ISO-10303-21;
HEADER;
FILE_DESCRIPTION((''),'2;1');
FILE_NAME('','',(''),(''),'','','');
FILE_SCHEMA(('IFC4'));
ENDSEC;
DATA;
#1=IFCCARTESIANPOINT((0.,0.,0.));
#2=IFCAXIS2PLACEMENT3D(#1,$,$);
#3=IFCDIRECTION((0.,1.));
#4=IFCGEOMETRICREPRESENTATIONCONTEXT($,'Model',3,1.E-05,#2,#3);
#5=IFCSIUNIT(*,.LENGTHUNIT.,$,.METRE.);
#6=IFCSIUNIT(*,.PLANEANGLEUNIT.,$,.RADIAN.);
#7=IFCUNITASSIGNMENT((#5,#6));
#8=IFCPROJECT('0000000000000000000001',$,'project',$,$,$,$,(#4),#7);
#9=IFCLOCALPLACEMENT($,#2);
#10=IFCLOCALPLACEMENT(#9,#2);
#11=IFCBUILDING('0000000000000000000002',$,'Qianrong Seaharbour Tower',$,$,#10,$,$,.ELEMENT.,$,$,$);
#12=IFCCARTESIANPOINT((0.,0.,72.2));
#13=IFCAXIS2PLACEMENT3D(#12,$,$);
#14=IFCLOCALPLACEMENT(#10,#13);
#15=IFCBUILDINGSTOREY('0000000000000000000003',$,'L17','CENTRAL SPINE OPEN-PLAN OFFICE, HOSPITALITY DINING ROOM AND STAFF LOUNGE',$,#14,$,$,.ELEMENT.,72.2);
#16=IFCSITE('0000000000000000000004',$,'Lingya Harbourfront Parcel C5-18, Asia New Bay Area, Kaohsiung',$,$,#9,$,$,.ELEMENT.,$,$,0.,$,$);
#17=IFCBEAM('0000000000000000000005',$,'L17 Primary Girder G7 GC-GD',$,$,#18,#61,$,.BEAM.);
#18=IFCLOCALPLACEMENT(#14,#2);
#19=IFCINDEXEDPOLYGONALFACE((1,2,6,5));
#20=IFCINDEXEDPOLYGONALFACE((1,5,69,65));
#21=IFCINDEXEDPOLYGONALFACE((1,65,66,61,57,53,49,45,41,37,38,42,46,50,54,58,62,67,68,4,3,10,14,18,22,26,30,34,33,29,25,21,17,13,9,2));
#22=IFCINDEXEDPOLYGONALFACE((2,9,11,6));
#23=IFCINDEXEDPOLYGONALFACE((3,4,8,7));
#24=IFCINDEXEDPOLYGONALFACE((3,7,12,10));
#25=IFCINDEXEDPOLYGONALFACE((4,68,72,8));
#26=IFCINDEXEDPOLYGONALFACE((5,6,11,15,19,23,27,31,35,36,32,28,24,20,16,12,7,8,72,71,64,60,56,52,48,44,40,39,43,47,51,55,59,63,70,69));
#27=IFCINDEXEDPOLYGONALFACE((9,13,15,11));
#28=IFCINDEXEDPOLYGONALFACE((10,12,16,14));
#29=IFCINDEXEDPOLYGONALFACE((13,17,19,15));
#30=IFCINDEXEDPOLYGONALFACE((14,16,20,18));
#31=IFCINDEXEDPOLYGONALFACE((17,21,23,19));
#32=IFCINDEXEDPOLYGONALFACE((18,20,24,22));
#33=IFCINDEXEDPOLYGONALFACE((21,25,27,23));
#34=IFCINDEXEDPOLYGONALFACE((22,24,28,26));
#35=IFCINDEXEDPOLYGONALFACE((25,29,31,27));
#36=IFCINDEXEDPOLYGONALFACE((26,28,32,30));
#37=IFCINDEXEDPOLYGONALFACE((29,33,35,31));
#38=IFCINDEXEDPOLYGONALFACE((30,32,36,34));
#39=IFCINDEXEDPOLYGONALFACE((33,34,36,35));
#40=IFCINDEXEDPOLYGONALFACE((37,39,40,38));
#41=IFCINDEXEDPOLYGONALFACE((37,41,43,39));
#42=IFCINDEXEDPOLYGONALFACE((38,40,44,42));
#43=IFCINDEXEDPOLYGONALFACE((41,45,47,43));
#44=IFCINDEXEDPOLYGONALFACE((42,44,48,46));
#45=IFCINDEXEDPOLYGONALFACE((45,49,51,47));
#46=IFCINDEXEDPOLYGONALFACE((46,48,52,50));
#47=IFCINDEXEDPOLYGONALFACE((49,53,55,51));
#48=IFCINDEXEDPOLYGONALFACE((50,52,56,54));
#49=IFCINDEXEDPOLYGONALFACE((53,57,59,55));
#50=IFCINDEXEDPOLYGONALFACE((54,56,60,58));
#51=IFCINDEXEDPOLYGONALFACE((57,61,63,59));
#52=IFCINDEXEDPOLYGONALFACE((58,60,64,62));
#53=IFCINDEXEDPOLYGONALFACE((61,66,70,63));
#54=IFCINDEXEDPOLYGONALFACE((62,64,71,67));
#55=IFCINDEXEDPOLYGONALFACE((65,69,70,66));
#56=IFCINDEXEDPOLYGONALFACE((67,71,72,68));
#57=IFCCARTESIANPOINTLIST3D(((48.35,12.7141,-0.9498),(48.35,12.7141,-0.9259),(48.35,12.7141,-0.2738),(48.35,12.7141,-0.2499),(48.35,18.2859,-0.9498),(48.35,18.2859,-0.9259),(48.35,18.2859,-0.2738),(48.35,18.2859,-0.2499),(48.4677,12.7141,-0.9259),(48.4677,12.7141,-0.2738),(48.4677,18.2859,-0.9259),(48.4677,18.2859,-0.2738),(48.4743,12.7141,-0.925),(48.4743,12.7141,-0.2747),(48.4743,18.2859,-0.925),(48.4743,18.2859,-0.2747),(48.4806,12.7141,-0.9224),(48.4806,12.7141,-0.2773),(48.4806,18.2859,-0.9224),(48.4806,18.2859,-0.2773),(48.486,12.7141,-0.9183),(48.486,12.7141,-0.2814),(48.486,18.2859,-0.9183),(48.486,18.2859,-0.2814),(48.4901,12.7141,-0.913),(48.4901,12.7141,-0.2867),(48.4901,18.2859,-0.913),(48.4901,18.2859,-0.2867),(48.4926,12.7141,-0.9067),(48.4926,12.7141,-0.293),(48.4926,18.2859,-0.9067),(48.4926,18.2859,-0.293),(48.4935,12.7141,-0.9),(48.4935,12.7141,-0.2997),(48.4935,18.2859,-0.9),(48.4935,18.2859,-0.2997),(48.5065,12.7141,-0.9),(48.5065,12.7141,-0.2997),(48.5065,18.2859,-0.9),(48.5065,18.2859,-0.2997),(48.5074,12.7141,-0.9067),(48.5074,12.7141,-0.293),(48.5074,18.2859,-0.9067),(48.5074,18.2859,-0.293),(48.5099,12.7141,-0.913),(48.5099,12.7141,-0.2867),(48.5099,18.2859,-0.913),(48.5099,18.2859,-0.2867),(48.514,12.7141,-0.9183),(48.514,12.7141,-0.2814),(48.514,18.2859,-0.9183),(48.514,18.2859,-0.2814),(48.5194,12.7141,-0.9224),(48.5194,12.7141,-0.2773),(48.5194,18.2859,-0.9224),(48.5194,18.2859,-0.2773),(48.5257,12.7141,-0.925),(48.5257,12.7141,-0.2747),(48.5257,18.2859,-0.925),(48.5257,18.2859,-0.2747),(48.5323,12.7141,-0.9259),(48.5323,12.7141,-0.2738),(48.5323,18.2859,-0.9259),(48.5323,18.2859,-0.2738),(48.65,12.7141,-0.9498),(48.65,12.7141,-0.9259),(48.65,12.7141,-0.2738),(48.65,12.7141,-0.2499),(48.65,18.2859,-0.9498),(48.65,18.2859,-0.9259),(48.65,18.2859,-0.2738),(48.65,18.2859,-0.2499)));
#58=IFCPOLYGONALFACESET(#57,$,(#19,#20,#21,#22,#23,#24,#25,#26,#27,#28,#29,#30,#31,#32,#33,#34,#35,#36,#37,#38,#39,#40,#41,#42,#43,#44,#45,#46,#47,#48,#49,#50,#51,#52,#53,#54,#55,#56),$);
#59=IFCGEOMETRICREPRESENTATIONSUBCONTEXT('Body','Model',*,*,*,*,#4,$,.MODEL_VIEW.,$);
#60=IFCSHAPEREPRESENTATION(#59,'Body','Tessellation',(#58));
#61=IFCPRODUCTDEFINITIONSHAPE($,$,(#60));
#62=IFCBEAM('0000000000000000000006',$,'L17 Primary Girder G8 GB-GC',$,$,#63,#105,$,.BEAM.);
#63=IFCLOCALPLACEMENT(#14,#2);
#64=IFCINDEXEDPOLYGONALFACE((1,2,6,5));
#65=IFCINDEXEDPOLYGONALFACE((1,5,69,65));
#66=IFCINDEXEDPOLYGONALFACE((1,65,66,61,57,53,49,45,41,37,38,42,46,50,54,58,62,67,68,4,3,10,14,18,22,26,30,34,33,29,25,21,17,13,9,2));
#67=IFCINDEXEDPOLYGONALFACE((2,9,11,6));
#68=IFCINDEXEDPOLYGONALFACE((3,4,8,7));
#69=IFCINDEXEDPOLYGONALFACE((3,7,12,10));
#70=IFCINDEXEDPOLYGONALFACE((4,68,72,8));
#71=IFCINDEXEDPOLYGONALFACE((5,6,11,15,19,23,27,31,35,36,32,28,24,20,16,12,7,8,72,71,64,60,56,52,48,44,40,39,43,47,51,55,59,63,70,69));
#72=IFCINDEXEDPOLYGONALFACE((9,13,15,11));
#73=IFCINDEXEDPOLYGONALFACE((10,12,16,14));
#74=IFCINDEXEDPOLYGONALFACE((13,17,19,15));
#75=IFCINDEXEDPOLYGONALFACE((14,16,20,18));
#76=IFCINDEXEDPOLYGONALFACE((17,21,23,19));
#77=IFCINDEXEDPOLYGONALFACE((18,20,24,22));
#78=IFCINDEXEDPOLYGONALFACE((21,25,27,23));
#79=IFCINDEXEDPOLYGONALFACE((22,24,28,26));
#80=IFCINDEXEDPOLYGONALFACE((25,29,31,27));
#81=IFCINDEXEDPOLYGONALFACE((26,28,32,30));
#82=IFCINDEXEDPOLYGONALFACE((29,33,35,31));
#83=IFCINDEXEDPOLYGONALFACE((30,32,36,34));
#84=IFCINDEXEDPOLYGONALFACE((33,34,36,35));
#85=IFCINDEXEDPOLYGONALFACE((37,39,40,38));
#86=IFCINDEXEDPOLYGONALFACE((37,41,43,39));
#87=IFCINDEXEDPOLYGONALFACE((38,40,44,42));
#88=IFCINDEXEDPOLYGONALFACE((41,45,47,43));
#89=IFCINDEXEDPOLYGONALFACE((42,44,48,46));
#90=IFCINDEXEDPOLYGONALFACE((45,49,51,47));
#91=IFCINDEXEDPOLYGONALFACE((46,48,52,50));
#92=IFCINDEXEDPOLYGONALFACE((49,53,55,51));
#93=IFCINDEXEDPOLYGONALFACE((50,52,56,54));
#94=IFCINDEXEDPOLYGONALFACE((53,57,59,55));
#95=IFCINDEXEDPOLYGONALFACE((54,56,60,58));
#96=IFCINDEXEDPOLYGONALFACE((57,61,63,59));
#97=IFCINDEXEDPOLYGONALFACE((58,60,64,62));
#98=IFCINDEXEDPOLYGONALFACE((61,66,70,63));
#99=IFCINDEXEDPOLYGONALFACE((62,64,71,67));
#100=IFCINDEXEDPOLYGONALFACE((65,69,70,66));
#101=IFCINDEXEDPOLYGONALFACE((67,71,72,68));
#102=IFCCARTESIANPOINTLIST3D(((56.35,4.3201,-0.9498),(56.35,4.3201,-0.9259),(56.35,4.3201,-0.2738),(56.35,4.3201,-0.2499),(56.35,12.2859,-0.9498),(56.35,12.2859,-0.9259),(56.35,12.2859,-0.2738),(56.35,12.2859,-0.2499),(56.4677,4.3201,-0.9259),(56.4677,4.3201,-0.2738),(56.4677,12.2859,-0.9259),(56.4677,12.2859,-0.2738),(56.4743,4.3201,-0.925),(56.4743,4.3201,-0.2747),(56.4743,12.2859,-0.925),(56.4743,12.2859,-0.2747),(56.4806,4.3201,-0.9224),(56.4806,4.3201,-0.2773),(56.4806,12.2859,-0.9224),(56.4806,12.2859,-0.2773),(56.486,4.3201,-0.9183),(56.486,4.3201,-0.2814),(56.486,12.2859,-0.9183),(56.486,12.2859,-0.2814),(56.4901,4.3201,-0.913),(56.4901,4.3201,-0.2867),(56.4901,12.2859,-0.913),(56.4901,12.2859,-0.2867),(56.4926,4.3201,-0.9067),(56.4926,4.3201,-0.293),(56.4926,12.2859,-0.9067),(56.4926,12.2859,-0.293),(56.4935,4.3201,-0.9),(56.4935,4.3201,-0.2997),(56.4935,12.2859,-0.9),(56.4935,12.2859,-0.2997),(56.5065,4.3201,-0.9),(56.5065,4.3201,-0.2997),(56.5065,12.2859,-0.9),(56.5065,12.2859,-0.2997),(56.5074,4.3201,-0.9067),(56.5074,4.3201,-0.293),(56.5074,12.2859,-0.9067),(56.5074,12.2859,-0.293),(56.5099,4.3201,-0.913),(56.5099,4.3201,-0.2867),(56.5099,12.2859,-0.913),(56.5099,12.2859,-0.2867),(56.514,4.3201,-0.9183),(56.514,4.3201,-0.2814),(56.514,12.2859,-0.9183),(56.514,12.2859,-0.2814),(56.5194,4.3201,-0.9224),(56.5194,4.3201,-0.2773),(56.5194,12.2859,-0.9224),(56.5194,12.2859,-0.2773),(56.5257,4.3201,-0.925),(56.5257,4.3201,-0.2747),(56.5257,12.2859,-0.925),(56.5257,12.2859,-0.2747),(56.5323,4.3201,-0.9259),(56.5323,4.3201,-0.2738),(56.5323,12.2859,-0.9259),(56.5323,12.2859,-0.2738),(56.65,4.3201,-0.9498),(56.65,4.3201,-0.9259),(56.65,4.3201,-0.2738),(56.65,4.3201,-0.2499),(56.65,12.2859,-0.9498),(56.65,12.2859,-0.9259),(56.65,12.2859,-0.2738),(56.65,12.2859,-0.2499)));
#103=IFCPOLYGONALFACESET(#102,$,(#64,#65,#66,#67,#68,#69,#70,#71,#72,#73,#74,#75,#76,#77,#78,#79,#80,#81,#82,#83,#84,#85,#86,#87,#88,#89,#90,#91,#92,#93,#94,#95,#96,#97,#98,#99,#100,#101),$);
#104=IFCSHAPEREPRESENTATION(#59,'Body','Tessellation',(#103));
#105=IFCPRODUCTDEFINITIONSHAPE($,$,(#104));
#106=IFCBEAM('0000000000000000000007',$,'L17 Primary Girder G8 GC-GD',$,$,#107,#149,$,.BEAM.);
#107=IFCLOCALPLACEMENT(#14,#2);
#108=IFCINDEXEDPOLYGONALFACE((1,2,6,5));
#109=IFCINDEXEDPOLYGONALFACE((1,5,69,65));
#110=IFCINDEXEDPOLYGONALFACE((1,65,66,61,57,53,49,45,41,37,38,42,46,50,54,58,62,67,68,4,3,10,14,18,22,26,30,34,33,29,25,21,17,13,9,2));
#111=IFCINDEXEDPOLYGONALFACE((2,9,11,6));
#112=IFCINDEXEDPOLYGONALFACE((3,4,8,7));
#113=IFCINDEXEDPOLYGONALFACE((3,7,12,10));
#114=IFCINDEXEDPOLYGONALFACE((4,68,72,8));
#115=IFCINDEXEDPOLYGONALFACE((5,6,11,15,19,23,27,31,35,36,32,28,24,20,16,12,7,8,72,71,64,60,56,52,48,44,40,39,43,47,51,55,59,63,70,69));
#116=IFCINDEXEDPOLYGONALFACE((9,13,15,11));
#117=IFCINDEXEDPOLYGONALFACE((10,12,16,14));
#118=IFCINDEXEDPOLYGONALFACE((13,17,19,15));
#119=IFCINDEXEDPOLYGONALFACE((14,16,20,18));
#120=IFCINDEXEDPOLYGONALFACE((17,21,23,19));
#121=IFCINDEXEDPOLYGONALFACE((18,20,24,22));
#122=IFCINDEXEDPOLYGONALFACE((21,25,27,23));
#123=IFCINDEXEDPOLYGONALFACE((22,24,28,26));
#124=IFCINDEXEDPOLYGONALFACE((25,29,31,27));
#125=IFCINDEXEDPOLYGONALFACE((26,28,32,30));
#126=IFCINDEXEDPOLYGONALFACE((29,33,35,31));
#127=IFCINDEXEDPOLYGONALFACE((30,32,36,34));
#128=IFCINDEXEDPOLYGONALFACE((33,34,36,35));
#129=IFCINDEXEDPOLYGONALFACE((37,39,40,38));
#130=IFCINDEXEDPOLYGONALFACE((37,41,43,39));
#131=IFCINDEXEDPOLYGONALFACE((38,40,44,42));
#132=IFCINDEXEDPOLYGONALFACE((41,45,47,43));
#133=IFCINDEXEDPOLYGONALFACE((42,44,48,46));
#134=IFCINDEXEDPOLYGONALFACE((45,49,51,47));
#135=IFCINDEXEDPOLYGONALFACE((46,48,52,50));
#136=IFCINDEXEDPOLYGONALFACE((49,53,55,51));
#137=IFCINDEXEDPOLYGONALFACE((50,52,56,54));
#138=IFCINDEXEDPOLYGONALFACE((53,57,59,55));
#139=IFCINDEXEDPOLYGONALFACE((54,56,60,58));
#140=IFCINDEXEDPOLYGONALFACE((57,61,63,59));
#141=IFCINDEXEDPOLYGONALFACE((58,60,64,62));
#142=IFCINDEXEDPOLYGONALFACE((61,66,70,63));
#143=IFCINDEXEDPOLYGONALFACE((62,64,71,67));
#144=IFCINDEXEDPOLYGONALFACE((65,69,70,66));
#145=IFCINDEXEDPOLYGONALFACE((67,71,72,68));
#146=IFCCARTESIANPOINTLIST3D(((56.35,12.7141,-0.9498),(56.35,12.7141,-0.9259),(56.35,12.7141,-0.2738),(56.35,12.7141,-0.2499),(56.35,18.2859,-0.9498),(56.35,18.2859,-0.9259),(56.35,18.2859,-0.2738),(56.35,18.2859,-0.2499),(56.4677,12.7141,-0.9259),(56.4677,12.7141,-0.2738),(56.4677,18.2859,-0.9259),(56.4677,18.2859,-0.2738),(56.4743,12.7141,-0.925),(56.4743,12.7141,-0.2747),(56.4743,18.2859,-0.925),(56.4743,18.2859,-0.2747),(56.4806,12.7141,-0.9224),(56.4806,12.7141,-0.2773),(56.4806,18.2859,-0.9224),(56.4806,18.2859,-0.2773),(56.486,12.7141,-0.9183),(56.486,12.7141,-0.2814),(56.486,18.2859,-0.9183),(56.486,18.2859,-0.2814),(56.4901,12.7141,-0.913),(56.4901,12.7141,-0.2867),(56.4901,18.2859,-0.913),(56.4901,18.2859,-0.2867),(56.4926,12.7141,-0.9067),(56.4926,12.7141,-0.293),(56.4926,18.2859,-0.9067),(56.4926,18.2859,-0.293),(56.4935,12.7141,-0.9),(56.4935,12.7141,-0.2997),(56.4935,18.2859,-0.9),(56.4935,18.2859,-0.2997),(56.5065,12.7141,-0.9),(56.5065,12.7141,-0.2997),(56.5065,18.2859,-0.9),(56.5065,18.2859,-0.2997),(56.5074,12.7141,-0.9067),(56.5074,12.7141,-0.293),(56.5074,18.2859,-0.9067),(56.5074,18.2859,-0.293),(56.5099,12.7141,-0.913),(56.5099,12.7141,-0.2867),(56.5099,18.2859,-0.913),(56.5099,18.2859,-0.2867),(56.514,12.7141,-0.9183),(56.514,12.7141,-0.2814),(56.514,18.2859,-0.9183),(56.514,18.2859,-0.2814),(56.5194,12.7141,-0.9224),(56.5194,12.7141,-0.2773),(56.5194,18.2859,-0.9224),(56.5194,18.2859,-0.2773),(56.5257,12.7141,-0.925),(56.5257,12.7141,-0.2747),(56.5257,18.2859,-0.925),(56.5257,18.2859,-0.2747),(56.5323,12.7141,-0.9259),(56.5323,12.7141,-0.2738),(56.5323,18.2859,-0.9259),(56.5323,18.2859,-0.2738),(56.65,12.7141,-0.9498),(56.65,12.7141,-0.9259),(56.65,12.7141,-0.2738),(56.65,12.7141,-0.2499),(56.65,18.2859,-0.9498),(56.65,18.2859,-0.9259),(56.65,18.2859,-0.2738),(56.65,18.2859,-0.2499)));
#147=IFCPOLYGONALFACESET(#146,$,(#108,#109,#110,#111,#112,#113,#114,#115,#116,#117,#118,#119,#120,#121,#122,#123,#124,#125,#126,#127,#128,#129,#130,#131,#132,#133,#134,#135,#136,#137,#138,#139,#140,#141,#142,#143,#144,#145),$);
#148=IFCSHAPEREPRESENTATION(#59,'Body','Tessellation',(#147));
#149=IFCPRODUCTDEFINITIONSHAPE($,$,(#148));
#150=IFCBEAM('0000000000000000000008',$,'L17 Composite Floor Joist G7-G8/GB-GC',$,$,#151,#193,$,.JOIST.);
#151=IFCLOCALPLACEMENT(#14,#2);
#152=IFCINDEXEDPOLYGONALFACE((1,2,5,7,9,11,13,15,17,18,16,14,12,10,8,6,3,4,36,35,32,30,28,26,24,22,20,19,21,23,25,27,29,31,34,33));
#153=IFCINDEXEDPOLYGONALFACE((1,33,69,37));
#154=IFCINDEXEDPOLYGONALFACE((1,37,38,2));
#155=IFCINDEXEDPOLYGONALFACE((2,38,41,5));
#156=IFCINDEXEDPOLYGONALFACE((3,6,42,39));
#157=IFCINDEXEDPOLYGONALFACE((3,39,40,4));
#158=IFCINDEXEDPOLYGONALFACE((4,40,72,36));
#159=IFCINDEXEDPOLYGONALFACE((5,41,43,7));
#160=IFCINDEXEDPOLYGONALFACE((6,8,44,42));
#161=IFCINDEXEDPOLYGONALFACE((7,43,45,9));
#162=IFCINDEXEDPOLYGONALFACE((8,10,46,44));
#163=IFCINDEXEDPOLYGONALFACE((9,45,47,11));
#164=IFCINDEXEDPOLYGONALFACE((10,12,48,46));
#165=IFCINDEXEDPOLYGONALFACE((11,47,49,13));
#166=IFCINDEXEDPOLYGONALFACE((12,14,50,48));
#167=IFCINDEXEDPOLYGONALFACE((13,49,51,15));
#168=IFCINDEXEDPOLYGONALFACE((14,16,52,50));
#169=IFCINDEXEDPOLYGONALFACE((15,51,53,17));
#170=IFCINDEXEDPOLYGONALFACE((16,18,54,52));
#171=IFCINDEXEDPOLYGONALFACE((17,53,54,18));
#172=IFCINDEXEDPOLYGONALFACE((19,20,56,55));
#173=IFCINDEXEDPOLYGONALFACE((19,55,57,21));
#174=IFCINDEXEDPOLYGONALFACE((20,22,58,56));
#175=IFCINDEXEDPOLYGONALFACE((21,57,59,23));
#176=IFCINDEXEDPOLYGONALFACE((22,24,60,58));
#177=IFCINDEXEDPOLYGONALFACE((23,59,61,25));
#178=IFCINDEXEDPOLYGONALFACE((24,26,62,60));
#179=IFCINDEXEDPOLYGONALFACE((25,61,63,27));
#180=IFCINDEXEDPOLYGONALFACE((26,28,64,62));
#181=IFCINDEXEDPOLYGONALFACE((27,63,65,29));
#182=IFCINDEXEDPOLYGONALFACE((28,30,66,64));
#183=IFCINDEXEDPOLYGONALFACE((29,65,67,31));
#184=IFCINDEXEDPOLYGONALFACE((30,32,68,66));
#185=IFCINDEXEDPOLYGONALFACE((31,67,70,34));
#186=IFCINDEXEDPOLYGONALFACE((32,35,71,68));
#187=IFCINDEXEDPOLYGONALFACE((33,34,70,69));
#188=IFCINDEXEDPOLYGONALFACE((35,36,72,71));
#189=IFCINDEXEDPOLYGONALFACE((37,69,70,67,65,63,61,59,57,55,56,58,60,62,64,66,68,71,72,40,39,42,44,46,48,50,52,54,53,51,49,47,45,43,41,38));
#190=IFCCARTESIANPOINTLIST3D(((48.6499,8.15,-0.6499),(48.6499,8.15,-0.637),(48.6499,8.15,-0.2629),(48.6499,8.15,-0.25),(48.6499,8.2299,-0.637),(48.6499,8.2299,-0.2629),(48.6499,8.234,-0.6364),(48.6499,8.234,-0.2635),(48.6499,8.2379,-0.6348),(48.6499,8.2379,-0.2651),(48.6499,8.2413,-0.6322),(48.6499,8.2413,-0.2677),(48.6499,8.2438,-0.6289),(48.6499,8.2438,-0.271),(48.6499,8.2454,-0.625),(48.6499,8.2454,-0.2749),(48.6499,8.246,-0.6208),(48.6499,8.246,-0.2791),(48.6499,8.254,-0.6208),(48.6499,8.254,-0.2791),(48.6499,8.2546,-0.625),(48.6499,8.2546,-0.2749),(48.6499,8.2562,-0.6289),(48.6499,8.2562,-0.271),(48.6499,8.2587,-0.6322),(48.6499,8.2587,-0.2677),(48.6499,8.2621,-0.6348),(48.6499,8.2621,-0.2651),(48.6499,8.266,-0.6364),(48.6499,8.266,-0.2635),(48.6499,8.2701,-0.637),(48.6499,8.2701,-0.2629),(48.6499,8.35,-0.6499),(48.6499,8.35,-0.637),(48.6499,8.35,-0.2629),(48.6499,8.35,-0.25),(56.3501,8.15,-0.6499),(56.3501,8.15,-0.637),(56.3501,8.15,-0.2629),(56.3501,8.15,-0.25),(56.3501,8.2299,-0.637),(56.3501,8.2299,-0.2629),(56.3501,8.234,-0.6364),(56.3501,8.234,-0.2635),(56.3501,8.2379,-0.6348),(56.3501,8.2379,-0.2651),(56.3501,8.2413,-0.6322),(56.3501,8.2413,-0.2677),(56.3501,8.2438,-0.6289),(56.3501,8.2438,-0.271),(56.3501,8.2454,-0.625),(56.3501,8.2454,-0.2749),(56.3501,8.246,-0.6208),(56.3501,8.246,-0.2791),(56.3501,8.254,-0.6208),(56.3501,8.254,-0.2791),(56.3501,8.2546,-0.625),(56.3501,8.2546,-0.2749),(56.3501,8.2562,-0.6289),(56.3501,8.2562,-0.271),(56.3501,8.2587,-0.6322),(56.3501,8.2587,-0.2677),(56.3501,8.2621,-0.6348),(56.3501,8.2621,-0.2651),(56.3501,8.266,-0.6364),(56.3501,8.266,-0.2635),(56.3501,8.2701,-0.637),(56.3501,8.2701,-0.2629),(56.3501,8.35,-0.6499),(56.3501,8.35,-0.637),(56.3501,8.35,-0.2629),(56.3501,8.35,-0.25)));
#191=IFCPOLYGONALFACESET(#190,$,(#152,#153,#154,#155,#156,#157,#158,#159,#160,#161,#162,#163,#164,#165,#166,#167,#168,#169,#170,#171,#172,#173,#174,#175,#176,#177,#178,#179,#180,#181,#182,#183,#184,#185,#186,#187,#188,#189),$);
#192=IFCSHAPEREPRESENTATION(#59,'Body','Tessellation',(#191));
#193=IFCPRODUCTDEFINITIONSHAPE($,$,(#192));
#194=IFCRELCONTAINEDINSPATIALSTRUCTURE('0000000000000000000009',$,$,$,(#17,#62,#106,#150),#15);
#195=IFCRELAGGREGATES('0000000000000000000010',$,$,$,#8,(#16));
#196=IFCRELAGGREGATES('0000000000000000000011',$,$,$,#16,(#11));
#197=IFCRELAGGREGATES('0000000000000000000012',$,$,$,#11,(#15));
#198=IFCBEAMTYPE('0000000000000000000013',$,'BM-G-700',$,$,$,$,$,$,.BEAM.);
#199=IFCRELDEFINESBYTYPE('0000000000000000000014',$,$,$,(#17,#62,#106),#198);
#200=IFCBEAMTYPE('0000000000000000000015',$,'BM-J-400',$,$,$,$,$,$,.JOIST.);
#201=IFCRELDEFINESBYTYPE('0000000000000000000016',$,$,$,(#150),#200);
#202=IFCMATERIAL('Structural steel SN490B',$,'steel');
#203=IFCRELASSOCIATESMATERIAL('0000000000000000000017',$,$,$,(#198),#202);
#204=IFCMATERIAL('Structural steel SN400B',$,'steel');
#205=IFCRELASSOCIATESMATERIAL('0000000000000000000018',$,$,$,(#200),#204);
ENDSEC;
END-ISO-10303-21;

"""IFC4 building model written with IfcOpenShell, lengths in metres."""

from ifc_helpers import new_model, si_unit, direction, frame, origin, origin_2d, place, context, subcontext, project, spatial, i_section, extrude, material, material_profile, profile_set, type_object, element, save


model = new_model("IFC4")

# Units and contexts
model_context = context("Model", 3, precision=1e-05, world=origin(), true_north=direction((0.0, 1.0)))
body_context = subcontext(model_context, "Body", "Model", "MODEL_VIEW")
ifc_project = project(units=[si_unit("LENGTHUNIT", "METRE"), si_unit("PLANEANGLEUNIT", "RADIAN")], contexts=[model_context])

# Site, building, storey
site_placement = place(None, origin())
site = spatial("IfcSite", under=ifc_project, at=site_placement, Name="Lingya Harbourfront Parcel C5-18, Asia New Bay Area, Kaohsiung", CompositionType="ELEMENT", RefElevation=0.0)
building_placement = place(site_placement, origin())
building = spatial("IfcBuilding", under=site, at=building_placement, Name="Qianrong Seaharbour Tower", CompositionType="ELEMENT")
storey_placement = place(building_placement, frame((0.0, 0.0, 72.2)))
storey = spatial("IfcBuildingStorey", under=building, at=storey_placement, Name="L17", Description="CENTRAL SPINE OPEN-PLAN OFFICE, HOSPITALITY DINING ROOM AND STAFF LOUNGE", CompositionType="ELEMENT", Elevation=72.2)

# Shared definitions
ifc_material_1 = material(Name="Structural steel SN490B", Category="steel")

# Beams
ifc_material_profile_1 = material_profile(ifc_material_1, i_section(OverallWidth=0.3, OverallDepth=0.7, WebThickness=0.0129, FlangeThickness=0.0239, FilletRadius=0.0259, at=origin_2d()), Name="H700x300x13x24")
ifc_profile_set_1 = profile_set([ifc_material_profile_1], Name="Structural steel SN490B")
beam_type_1 = type_object("IfcBeamType", Name="BM-G-700", PredefinedType="BEAM", material=ifc_profile_set_1)
beam_1_placement = place(storey_placement, frame((48.5, 12.7141, -0.5999), z_axis=(0.0, 1.0, 0.0), x_axis=(-1.0, 0.0, 0.0)))
element("IfcBeam", 1, at=beam_1_placement, inside=storey, type_object=beam_type_1, Name="L17 Primary Girder G7 GC-GD", PredefinedType="BEAM", context=body_context, shape_type="SweptSolid", body=[
    extrude(i_section(OverallWidth=0.3, OverallDepth=0.7, WebThickness=0.0129, FlangeThickness=0.0239, FilletRadius=0.0259, at=origin_2d()), origin(), (0.0, 0.0, 1.0), 5.5718),
])
beam_2_placement = place(storey_placement, frame((56.5, 4.3201, -0.5999), z_axis=(0.0, 1.0, 0.0), x_axis=(-1.0, 0.0, 0.0)))
element("IfcBeam", 2, at=beam_2_placement, inside=storey, type_object=beam_type_1, Name="L17 Primary Girder G8 GB-GC", PredefinedType="BEAM", context=body_context, shape_type="SweptSolid", body=[
    extrude(i_section(OverallWidth=0.3, OverallDepth=0.7, WebThickness=0.0129, FlangeThickness=0.0239, FilletRadius=0.0259, at=origin_2d()), origin(), (0.0, 0.0, 1.0), 7.9658),
])
beam_3_placement = place(storey_placement, frame((56.5, 12.7141, -0.5999), z_axis=(0.0, 1.0, 0.0), x_axis=(-1.0, 0.0, 0.0)))
element("IfcBeam", 3, at=beam_3_placement, inside=storey, type_object=beam_type_1, Name="L17 Primary Girder G8 GC-GD", PredefinedType="BEAM", context=body_context, shape_type="SweptSolid", body=[
    extrude(i_section(OverallWidth=0.3, OverallDepth=0.7, WebThickness=0.0129, FlangeThickness=0.0239, FilletRadius=0.0259, at=origin_2d()), origin(), (0.0, 0.0, 1.0), 5.5718),
])
ifc_material_2 = material(Name="Structural steel SN400B", Category="steel")
ifc_material_profile_2 = material_profile(ifc_material_2, i_section(OverallWidth=0.2, OverallDepth=0.3999, WebThickness=0.0081, FlangeThickness=0.0129, FilletRadius=0.0161, at=origin_2d()), Name="H400x200x8x13")
ifc_profile_set_2 = profile_set([ifc_material_profile_2], Name="Structural steel SN400B")
beam_type_2 = type_object("IfcBeamType", Name="BM-J-400", PredefinedType="JOIST", material=ifc_profile_set_2)
for number, where, z_axis, x_axis, name in (
    (4, (48.6499, 8.25, -0.45), (1.0, 0.0, 0.0), (0.0, 1.0, 0.0), "L17 Composite Floor Joist G7-G8/GB-GC"),
):
    element("IfcBeam", number, at=place(storey_placement, frame(where, z_axis=z_axis, x_axis=x_axis)), inside=storey, type_object=beam_type_2, Name=name, PredefinedType="JOIST", context=body_context, shape_type="SweptSolid", body=[
        extrude(i_section(OverallWidth=0.2, OverallDepth=0.3999, WebThickness=0.0081, FlangeThickness=0.0129, FilletRadius=0.0161, at=origin_2d()), origin(), (0.0, 0.0, 1.0), 7.7002),
    ])

save(model, "model.ifc")
